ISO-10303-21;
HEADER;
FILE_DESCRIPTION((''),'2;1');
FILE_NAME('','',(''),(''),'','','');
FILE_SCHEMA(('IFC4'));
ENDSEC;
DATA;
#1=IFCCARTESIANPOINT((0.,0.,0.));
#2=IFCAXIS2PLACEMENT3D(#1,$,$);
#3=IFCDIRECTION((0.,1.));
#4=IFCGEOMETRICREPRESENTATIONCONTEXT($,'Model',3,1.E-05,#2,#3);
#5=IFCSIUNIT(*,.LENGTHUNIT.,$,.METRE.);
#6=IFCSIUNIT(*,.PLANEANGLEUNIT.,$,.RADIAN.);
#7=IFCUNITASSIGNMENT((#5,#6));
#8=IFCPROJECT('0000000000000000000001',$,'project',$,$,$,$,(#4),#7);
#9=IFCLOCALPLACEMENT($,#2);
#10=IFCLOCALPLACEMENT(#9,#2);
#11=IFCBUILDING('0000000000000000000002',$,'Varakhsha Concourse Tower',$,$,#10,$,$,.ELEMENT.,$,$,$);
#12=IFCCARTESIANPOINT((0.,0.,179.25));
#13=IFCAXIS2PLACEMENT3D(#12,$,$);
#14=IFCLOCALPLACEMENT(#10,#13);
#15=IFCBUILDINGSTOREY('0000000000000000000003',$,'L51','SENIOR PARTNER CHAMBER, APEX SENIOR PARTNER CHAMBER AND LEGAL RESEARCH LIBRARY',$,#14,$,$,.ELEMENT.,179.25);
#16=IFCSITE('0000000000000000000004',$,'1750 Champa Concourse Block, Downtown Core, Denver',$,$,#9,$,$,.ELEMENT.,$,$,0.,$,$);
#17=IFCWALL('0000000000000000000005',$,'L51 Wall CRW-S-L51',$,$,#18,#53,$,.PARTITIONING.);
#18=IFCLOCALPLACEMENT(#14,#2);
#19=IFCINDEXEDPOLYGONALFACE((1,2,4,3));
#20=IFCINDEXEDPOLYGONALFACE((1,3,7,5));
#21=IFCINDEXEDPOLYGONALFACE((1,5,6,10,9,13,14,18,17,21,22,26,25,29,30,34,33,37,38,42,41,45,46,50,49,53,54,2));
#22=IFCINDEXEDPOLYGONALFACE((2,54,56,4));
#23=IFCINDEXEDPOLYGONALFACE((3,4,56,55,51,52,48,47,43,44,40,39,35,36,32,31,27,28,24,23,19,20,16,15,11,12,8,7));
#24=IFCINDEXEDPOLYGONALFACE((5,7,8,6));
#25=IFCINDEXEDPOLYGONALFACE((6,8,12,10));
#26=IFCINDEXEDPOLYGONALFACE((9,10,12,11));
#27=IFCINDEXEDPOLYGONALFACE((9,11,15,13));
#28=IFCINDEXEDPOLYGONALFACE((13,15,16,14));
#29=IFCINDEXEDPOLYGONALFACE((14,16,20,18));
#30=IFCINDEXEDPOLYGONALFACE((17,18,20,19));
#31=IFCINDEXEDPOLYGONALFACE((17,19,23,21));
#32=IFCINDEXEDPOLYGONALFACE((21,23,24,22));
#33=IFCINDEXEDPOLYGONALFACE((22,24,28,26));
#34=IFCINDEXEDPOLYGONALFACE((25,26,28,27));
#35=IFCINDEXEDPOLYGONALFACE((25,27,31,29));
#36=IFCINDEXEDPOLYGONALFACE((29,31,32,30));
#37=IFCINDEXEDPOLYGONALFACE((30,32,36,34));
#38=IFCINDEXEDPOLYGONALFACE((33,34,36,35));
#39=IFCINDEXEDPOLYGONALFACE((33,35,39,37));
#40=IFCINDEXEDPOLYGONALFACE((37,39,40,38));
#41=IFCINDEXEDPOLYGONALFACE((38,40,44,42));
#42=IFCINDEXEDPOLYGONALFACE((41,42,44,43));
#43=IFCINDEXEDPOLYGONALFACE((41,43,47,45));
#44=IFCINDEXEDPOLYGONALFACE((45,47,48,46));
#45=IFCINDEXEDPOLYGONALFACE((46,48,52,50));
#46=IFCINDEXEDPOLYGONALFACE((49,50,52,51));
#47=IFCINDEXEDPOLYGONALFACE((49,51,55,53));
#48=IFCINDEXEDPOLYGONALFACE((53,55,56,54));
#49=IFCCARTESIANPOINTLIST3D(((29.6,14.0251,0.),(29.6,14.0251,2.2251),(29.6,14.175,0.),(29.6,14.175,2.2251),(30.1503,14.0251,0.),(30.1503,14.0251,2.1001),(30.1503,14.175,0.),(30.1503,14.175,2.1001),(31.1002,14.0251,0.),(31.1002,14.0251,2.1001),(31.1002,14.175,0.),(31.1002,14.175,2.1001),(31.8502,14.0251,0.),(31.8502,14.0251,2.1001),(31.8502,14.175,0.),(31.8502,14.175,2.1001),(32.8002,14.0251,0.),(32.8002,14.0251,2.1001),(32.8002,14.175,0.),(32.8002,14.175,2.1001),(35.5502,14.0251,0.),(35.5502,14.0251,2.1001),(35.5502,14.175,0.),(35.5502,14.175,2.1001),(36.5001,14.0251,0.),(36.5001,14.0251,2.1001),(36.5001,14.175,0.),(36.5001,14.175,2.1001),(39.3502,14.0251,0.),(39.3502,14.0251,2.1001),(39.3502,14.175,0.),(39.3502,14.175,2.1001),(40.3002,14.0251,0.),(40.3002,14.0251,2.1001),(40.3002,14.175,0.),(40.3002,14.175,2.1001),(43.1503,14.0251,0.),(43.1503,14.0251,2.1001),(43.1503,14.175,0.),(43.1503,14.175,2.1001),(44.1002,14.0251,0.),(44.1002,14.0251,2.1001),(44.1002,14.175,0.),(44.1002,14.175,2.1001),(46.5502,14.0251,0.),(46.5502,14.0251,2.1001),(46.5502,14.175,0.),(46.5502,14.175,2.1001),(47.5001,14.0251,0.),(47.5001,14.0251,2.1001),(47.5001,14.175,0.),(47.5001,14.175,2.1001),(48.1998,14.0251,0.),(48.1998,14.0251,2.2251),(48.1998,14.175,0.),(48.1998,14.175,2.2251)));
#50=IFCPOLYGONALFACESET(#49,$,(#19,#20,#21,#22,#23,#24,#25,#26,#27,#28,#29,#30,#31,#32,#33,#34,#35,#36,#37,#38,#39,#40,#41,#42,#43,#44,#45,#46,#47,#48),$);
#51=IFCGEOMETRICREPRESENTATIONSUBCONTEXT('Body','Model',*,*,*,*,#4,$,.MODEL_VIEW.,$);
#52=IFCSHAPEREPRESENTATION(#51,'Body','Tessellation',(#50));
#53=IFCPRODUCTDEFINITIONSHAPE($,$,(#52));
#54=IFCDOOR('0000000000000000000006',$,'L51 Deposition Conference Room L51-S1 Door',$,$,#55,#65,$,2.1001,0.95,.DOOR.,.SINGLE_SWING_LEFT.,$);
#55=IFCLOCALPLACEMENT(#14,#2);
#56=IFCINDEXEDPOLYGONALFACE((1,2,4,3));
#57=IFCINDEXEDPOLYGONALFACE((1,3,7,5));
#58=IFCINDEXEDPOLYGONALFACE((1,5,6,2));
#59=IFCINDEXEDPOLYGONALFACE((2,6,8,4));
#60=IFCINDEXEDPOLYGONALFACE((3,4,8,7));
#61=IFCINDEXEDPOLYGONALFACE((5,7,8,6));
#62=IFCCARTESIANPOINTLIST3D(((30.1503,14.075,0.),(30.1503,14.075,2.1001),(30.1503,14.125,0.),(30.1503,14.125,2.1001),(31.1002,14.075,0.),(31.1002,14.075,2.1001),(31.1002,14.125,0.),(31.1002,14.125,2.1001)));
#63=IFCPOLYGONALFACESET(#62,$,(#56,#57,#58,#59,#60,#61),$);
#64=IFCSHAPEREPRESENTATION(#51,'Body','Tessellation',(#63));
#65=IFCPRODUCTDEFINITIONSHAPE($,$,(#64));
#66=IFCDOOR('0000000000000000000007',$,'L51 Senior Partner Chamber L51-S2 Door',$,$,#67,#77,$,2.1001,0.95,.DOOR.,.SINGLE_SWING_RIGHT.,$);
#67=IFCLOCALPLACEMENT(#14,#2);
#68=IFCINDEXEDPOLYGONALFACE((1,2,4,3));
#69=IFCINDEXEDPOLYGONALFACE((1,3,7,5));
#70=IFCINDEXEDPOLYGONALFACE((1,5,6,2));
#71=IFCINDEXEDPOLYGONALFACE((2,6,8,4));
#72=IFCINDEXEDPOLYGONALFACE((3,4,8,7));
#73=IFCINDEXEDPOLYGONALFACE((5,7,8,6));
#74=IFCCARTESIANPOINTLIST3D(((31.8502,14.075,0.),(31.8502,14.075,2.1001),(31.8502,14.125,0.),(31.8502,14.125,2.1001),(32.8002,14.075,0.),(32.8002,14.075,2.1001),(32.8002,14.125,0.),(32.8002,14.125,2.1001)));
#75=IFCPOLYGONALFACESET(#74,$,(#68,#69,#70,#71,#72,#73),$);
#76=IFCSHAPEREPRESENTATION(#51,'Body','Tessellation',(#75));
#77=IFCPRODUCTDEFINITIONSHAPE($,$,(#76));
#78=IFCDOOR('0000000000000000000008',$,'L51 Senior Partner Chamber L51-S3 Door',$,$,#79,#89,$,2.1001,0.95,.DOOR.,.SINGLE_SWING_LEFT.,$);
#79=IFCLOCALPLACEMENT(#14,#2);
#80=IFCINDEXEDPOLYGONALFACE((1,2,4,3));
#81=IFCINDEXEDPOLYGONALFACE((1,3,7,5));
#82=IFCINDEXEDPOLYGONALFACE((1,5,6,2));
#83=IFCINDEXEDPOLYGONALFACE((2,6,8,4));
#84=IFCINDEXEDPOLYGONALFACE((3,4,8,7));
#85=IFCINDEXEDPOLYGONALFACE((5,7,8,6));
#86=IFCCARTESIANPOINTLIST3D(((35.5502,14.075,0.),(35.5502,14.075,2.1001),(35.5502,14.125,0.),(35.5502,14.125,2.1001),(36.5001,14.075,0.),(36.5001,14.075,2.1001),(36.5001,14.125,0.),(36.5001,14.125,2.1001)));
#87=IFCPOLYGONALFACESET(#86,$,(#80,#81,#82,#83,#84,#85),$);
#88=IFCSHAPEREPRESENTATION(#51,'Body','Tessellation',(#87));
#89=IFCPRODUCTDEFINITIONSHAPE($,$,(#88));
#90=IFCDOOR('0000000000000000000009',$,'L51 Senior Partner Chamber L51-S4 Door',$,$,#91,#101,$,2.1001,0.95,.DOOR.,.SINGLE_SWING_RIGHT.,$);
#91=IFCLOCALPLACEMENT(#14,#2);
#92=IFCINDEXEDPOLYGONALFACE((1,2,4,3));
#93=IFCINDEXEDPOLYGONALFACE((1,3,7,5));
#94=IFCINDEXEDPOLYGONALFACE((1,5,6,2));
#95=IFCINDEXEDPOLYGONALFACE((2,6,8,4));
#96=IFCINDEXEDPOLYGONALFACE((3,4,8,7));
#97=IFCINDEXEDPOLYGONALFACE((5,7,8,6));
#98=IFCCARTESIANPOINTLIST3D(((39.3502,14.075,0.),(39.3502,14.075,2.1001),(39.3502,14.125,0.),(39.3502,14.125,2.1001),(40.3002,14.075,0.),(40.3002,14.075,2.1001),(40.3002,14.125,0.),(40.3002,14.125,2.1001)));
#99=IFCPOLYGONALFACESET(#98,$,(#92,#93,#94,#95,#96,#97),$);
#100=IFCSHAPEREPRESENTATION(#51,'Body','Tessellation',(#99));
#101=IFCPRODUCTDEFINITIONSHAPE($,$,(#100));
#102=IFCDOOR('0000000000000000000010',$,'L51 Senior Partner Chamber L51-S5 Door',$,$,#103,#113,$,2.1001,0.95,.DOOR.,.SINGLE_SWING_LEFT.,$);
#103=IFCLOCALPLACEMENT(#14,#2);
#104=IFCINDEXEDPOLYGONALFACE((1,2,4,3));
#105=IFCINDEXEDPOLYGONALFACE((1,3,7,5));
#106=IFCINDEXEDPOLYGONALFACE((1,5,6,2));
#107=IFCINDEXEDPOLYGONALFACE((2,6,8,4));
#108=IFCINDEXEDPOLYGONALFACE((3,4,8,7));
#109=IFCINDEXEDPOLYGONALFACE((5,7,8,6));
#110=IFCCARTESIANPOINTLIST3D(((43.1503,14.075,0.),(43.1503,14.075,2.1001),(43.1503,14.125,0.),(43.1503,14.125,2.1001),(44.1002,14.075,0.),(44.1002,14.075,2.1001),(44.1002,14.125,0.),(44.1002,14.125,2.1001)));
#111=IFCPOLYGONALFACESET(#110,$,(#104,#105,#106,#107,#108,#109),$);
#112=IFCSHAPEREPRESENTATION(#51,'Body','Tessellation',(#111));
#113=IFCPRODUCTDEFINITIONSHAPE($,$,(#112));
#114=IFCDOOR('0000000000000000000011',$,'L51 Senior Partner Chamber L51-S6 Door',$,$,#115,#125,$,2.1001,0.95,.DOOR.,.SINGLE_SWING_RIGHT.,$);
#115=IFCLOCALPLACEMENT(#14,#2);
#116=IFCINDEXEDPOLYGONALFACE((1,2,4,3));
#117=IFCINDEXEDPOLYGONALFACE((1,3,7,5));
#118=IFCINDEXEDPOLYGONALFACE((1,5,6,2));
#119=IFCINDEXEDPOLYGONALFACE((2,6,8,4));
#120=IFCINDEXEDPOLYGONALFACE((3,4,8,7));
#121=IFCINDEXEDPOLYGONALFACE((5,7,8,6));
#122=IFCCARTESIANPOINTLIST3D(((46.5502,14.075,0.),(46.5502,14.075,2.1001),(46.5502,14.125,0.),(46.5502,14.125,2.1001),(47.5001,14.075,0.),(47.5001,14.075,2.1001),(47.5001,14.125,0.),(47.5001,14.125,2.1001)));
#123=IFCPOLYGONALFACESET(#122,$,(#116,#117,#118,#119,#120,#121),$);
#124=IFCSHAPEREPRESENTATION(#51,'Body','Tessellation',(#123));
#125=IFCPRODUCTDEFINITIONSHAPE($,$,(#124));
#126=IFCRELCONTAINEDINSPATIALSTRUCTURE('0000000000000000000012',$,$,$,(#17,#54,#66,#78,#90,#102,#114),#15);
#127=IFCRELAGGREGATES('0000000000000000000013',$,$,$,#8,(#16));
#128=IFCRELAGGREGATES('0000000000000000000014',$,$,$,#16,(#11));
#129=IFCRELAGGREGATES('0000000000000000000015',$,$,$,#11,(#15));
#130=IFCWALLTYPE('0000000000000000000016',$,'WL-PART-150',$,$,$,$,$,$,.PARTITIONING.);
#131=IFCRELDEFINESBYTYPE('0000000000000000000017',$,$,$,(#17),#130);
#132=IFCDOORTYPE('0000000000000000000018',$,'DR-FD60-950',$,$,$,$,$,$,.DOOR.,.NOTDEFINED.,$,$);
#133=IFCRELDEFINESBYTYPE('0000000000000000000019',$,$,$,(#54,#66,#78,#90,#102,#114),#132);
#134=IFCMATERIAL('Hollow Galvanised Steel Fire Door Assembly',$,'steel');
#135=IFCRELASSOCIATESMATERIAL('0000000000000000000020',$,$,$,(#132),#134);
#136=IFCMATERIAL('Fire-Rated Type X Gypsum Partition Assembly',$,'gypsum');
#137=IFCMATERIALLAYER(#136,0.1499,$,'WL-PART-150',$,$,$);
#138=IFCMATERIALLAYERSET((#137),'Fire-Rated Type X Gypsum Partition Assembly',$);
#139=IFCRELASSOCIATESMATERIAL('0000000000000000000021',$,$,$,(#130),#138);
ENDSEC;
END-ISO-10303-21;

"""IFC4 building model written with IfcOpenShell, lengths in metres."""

from ifc_helpers import new_model, si_unit, direction, frame, frame_2d, origin, place, context, subcontext, project, spatial, rectangle, extrude, material, layer, layer_set, type_object, element, fill, save


model = new_model("IFC4")

# Units and contexts
model_context = context("Model", 3, precision=1e-05, world=origin(), true_north=direction((0.0, 1.0)))
body_context = subcontext(model_context, "Body", "Model", "MODEL_VIEW")
ifc_project = project(units=[si_unit("LENGTHUNIT", "METRE"), si_unit("PLANEANGLEUNIT", "RADIAN")], contexts=[model_context])

# Site, building, storey
site_placement = place(None, origin())
site = spatial("IfcSite", under=ifc_project, at=site_placement, Name="1750 Champa Concourse Block, Downtown Core, Denver", CompositionType="ELEMENT", RefElevation=0.0)
building_placement = place(site_placement, origin())
building = spatial("IfcBuilding", under=site, at=building_placement, Name="Varakhsha Concourse Tower", CompositionType="ELEMENT")
storey_placement = place(building_placement, frame((0.0, 0.0, 179.25)))
storey = spatial("IfcBuildingStorey", under=building, at=storey_placement, Name="L51", Description="SENIOR PARTNER CHAMBER, APEX SENIOR PARTNER CHAMBER AND LEGAL RESEARCH LIBRARY", CompositionType="ELEMENT", Elevation=179.25)

# Wall, openings, doors
ifc_material_1 = material(Name="Hollow Galvanised Steel Fire Door Assembly", Category="steel")
door_type_1 = type_object("IfcDoorType", Name="DR-FD60-950", OperationType="NOTDEFINED", PredefinedType="DOOR", material=ifc_material_1)
ifc_material_2 = material(Name="Fire-Rated Type X Gypsum Partition Assembly", Category="gypsum")
ifc_layer_1 = layer(ifc_material_2, 0.1499, Name="WL-PART-150")
ifc_layer_set_1 = layer_set([ifc_layer_1], Name="Fire-Rated Type X Gypsum Partition Assembly")
wall_type_1 = type_object("IfcWallType", Name="WL-PART-150", PredefinedType="PARTITIONING", material=ifc_layer_set_1)
wall_1_placement = place(storey_placement, frame((29.6001, 14.1001, 0.0), z_axis=(0.0, 0.0, 1.0), x_axis=(1.0, 0.0, 0.0)))
wall_1 = element("IfcWall", 1, at=wall_1_placement, inside=storey, type_object=wall_type_1, Name="L51 Wall CRW-S-L51", PredefinedType="PARTITIONING", context=body_context, shape_type="SweptSolid", body=[
    extrude(rectangle(XDim=18.5999, YDim=0.1499, at=frame_2d((9.2998, 0.0))), origin(), (0.0, 0.0, 1.0), 2.2251),
])
opening_1_placement = place(wall_1_placement, frame((0.55, 0.0, 0.0)))
opening_1 = element("IfcOpeningElement", 2, at=opening_1_placement, cuts=wall_1, PredefinedType="OPENING", context=body_context, shape_type="SweptSolid", body=[
    extrude(rectangle(XDim=0.95, YDim=2.1001, at=frame_2d((0.4751, 1.05))), frame((0.0, 0.085, 0.0), z_axis=(0.0, -1.0, 0.0), x_axis=(1.0, 0.0, 0.0)), (0.0, 0.0, 1.0), 0.1699),
])
opening_2_placement = place(wall_1_placement, frame((2.25, 0.0, 0.0)))
opening_2 = element("IfcOpeningElement", 3, at=opening_2_placement, cuts=wall_1, PredefinedType="OPENING", context=body_context, shape_type="SweptSolid", body=[
    extrude(rectangle(XDim=0.95, YDim=2.1001, at=frame_2d((0.4751, 1.05))), frame((0.0, 0.085, 0.0), z_axis=(0.0, -1.0, 0.0), x_axis=(1.0, 0.0, 0.0)), (0.0, 0.0, 1.0), 0.1699),
])
opening_3_placement = place(wall_1_placement, frame((5.95, 0.0, 0.0)))
opening_3 = element("IfcOpeningElement", 4, at=opening_3_placement, cuts=wall_1, PredefinedType="OPENING", context=body_context, shape_type="SweptSolid", body=[
    extrude(rectangle(XDim=0.95, YDim=2.1001, at=frame_2d((0.4751, 1.05))), frame((0.0, 0.085, 0.0), z_axis=(0.0, -1.0, 0.0), x_axis=(1.0, 0.0, 0.0)), (0.0, 0.0, 1.0), 0.1699),
])
opening_4_placement = place(wall_1_placement, frame((9.75, 0.0, 0.0)))
opening_4 = element("IfcOpeningElement", 5, at=opening_4_placement, cuts=wall_1, PredefinedType="OPENING", context=body_context, shape_type="SweptSolid", body=[
    extrude(rectangle(XDim=0.95, YDim=2.1001, at=frame_2d((0.4751, 1.05))), frame((0.0, 0.085, 0.0), z_axis=(0.0, -1.0, 0.0), x_axis=(1.0, 0.0, 0.0)), (0.0, 0.0, 1.0), 0.1699),
])
opening_5_placement = place(wall_1_placement, frame((13.55, 0.0, 0.0)))
opening_5 = element("IfcOpeningElement", 6, at=opening_5_placement, cuts=wall_1, PredefinedType="OPENING", context=body_context, shape_type="SweptSolid", body=[
    extrude(rectangle(XDim=0.95, YDim=2.1001, at=frame_2d((0.4751, 1.05))), frame((0.0, 0.085, 0.0), z_axis=(0.0, -1.0, 0.0), x_axis=(1.0, 0.0, 0.0)), (0.0, 0.0, 1.0), 0.1699),
])
opening_6_placement = place(wall_1_placement, frame((16.95, 0.0, 0.0)))
opening_6 = element("IfcOpeningElement", 7, at=opening_6_placement, cuts=wall_1, PredefinedType="OPENING", context=body_context, shape_type="SweptSolid", body=[
    extrude(rectangle(XDim=0.95, YDim=2.1001, at=frame_2d((0.4751, 1.05))), frame((0.0, 0.085, 0.0), z_axis=(0.0, -1.0, 0.0), x_axis=(1.0, 0.0, 0.0)), (0.0, 0.0, 1.0), 0.1699),
])
door_1_placement = place(opening_1_placement, origin())
door_1 = element("IfcDoor", 8, at=door_1_placement, inside=storey, type_object=door_type_1, Name="L51 Deposition Conference Room L51-S1 Door", OperationType="SINGLE_SWING_LEFT", OverallHeight=2.1001, OverallWidth=0.95, PredefinedType="DOOR", context=body_context, shape_type="SweptSolid", body=[
    extrude(rectangle(XDim=0.95, YDim=2.1001, at=frame_2d((0.4751, 1.05))), frame((0.0, 0.0249, 0.0), z_axis=(0.0, -1.0, 0.0), x_axis=(1.0, 0.0, 0.0)), (0.0, 0.0, 1.0), 0.05),
])
fill(opening_1, door_1)
door_2_placement = place(opening_2_placement, origin())
door_2 = element("IfcDoor", 9, at=door_2_placement, inside=storey, type_object=door_type_1, Name="L51 Senior Partner Chamber L51-S2 Door", OperationType="SINGLE_SWING_RIGHT", OverallHeight=2.1001, OverallWidth=0.95, PredefinedType="DOOR", context=body_context, shape_type="SweptSolid", body=[
    extrude(rectangle(XDim=0.95, YDim=2.1001, at=frame_2d((0.4751, 1.05))), frame((0.0, 0.0249, 0.0), z_axis=(0.0, -1.0, 0.0), x_axis=(1.0, 0.0, 0.0)), (0.0, 0.0, 1.0), 0.05),
])
fill(opening_2, door_2)
door_3_placement = place(opening_3_placement, origin())
door_3 = element("IfcDoor", 10, at=door_3_placement, inside=storey, type_object=door_type_1, Name="L51 Senior Partner Chamber L51-S3 Door", OperationType="SINGLE_SWING_LEFT", OverallHeight=2.1001, OverallWidth=0.95, PredefinedType="DOOR", context=body_context, shape_type="SweptSolid", body=[
    extrude(rectangle(XDim=0.95, YDim=2.1001, at=frame_2d((0.4751, 1.05))), frame((0.0, 0.0249, 0.0), z_axis=(0.0, -1.0, 0.0), x_axis=(1.0, 0.0, 0.0)), (0.0, 0.0, 1.0), 0.05),
])
fill(opening_3, door_3)
door_4_placement = place(opening_4_placement, origin())
door_4 = element("IfcDoor", 11, at=door_4_placement, inside=storey, type_object=door_type_1, Name="L51 Senior Partner Chamber L51-S4 Door", OperationType="SINGLE_SWING_RIGHT", OverallHeight=2.1001, OverallWidth=0.95, PredefinedType="DOOR", context=body_context, shape_type="SweptSolid", body=[
    extrude(rectangle(XDim=0.95, YDim=2.1001, at=frame_2d((0.4751, 1.05))), frame((0.0, 0.0249, 0.0), z_axis=(0.0, -1.0, 0.0), x_axis=(1.0, 0.0, 0.0)), (0.0, 0.0, 1.0), 0.05),
])
fill(opening_4, door_4)
door_5_placement = place(opening_5_placement, origin())
door_5 = element("IfcDoor", 12, at=door_5_placement, inside=storey, type_object=door_type_1, Name="L51 Senior Partner Chamber L51-S5 Door", OperationType="SINGLE_SWING_LEFT", OverallHeight=2.1001, OverallWidth=0.95, PredefinedType="DOOR", context=body_context, shape_type="SweptSolid", body=[
    extrude(rectangle(XDim=0.95, YDim=2.1001, at=frame_2d((0.4751, 1.05))), frame((0.0, 0.0249, 0.0), z_axis=(0.0, -1.0, 0.0), x_axis=(1.0, 0.0, 0.0)), (0.0, 0.0, 1.0), 0.05),
])
fill(opening_5, door_5)
door_6_placement = place(opening_6_placement, origin())
door_6 = element("IfcDoor", 13, at=door_6_placement, inside=storey, type_object=door_type_1, Name="L51 Senior Partner Chamber L51-S6 Door", OperationType="SINGLE_SWING_RIGHT", OverallHeight=2.1001, OverallWidth=0.95, PredefinedType="DOOR", context=body_context, shape_type="SweptSolid", body=[
    extrude(rectangle(XDim=0.95, YDim=2.1001, at=frame_2d((0.4751, 1.05))), frame((0.0, 0.0249, 0.0), z_axis=(0.0, -1.0, 0.0), x_axis=(1.0, 0.0, 0.0)), (0.0, 0.0, 1.0), 0.05),
])
fill(opening_6, door_6)

save(model, "model.ifc")
